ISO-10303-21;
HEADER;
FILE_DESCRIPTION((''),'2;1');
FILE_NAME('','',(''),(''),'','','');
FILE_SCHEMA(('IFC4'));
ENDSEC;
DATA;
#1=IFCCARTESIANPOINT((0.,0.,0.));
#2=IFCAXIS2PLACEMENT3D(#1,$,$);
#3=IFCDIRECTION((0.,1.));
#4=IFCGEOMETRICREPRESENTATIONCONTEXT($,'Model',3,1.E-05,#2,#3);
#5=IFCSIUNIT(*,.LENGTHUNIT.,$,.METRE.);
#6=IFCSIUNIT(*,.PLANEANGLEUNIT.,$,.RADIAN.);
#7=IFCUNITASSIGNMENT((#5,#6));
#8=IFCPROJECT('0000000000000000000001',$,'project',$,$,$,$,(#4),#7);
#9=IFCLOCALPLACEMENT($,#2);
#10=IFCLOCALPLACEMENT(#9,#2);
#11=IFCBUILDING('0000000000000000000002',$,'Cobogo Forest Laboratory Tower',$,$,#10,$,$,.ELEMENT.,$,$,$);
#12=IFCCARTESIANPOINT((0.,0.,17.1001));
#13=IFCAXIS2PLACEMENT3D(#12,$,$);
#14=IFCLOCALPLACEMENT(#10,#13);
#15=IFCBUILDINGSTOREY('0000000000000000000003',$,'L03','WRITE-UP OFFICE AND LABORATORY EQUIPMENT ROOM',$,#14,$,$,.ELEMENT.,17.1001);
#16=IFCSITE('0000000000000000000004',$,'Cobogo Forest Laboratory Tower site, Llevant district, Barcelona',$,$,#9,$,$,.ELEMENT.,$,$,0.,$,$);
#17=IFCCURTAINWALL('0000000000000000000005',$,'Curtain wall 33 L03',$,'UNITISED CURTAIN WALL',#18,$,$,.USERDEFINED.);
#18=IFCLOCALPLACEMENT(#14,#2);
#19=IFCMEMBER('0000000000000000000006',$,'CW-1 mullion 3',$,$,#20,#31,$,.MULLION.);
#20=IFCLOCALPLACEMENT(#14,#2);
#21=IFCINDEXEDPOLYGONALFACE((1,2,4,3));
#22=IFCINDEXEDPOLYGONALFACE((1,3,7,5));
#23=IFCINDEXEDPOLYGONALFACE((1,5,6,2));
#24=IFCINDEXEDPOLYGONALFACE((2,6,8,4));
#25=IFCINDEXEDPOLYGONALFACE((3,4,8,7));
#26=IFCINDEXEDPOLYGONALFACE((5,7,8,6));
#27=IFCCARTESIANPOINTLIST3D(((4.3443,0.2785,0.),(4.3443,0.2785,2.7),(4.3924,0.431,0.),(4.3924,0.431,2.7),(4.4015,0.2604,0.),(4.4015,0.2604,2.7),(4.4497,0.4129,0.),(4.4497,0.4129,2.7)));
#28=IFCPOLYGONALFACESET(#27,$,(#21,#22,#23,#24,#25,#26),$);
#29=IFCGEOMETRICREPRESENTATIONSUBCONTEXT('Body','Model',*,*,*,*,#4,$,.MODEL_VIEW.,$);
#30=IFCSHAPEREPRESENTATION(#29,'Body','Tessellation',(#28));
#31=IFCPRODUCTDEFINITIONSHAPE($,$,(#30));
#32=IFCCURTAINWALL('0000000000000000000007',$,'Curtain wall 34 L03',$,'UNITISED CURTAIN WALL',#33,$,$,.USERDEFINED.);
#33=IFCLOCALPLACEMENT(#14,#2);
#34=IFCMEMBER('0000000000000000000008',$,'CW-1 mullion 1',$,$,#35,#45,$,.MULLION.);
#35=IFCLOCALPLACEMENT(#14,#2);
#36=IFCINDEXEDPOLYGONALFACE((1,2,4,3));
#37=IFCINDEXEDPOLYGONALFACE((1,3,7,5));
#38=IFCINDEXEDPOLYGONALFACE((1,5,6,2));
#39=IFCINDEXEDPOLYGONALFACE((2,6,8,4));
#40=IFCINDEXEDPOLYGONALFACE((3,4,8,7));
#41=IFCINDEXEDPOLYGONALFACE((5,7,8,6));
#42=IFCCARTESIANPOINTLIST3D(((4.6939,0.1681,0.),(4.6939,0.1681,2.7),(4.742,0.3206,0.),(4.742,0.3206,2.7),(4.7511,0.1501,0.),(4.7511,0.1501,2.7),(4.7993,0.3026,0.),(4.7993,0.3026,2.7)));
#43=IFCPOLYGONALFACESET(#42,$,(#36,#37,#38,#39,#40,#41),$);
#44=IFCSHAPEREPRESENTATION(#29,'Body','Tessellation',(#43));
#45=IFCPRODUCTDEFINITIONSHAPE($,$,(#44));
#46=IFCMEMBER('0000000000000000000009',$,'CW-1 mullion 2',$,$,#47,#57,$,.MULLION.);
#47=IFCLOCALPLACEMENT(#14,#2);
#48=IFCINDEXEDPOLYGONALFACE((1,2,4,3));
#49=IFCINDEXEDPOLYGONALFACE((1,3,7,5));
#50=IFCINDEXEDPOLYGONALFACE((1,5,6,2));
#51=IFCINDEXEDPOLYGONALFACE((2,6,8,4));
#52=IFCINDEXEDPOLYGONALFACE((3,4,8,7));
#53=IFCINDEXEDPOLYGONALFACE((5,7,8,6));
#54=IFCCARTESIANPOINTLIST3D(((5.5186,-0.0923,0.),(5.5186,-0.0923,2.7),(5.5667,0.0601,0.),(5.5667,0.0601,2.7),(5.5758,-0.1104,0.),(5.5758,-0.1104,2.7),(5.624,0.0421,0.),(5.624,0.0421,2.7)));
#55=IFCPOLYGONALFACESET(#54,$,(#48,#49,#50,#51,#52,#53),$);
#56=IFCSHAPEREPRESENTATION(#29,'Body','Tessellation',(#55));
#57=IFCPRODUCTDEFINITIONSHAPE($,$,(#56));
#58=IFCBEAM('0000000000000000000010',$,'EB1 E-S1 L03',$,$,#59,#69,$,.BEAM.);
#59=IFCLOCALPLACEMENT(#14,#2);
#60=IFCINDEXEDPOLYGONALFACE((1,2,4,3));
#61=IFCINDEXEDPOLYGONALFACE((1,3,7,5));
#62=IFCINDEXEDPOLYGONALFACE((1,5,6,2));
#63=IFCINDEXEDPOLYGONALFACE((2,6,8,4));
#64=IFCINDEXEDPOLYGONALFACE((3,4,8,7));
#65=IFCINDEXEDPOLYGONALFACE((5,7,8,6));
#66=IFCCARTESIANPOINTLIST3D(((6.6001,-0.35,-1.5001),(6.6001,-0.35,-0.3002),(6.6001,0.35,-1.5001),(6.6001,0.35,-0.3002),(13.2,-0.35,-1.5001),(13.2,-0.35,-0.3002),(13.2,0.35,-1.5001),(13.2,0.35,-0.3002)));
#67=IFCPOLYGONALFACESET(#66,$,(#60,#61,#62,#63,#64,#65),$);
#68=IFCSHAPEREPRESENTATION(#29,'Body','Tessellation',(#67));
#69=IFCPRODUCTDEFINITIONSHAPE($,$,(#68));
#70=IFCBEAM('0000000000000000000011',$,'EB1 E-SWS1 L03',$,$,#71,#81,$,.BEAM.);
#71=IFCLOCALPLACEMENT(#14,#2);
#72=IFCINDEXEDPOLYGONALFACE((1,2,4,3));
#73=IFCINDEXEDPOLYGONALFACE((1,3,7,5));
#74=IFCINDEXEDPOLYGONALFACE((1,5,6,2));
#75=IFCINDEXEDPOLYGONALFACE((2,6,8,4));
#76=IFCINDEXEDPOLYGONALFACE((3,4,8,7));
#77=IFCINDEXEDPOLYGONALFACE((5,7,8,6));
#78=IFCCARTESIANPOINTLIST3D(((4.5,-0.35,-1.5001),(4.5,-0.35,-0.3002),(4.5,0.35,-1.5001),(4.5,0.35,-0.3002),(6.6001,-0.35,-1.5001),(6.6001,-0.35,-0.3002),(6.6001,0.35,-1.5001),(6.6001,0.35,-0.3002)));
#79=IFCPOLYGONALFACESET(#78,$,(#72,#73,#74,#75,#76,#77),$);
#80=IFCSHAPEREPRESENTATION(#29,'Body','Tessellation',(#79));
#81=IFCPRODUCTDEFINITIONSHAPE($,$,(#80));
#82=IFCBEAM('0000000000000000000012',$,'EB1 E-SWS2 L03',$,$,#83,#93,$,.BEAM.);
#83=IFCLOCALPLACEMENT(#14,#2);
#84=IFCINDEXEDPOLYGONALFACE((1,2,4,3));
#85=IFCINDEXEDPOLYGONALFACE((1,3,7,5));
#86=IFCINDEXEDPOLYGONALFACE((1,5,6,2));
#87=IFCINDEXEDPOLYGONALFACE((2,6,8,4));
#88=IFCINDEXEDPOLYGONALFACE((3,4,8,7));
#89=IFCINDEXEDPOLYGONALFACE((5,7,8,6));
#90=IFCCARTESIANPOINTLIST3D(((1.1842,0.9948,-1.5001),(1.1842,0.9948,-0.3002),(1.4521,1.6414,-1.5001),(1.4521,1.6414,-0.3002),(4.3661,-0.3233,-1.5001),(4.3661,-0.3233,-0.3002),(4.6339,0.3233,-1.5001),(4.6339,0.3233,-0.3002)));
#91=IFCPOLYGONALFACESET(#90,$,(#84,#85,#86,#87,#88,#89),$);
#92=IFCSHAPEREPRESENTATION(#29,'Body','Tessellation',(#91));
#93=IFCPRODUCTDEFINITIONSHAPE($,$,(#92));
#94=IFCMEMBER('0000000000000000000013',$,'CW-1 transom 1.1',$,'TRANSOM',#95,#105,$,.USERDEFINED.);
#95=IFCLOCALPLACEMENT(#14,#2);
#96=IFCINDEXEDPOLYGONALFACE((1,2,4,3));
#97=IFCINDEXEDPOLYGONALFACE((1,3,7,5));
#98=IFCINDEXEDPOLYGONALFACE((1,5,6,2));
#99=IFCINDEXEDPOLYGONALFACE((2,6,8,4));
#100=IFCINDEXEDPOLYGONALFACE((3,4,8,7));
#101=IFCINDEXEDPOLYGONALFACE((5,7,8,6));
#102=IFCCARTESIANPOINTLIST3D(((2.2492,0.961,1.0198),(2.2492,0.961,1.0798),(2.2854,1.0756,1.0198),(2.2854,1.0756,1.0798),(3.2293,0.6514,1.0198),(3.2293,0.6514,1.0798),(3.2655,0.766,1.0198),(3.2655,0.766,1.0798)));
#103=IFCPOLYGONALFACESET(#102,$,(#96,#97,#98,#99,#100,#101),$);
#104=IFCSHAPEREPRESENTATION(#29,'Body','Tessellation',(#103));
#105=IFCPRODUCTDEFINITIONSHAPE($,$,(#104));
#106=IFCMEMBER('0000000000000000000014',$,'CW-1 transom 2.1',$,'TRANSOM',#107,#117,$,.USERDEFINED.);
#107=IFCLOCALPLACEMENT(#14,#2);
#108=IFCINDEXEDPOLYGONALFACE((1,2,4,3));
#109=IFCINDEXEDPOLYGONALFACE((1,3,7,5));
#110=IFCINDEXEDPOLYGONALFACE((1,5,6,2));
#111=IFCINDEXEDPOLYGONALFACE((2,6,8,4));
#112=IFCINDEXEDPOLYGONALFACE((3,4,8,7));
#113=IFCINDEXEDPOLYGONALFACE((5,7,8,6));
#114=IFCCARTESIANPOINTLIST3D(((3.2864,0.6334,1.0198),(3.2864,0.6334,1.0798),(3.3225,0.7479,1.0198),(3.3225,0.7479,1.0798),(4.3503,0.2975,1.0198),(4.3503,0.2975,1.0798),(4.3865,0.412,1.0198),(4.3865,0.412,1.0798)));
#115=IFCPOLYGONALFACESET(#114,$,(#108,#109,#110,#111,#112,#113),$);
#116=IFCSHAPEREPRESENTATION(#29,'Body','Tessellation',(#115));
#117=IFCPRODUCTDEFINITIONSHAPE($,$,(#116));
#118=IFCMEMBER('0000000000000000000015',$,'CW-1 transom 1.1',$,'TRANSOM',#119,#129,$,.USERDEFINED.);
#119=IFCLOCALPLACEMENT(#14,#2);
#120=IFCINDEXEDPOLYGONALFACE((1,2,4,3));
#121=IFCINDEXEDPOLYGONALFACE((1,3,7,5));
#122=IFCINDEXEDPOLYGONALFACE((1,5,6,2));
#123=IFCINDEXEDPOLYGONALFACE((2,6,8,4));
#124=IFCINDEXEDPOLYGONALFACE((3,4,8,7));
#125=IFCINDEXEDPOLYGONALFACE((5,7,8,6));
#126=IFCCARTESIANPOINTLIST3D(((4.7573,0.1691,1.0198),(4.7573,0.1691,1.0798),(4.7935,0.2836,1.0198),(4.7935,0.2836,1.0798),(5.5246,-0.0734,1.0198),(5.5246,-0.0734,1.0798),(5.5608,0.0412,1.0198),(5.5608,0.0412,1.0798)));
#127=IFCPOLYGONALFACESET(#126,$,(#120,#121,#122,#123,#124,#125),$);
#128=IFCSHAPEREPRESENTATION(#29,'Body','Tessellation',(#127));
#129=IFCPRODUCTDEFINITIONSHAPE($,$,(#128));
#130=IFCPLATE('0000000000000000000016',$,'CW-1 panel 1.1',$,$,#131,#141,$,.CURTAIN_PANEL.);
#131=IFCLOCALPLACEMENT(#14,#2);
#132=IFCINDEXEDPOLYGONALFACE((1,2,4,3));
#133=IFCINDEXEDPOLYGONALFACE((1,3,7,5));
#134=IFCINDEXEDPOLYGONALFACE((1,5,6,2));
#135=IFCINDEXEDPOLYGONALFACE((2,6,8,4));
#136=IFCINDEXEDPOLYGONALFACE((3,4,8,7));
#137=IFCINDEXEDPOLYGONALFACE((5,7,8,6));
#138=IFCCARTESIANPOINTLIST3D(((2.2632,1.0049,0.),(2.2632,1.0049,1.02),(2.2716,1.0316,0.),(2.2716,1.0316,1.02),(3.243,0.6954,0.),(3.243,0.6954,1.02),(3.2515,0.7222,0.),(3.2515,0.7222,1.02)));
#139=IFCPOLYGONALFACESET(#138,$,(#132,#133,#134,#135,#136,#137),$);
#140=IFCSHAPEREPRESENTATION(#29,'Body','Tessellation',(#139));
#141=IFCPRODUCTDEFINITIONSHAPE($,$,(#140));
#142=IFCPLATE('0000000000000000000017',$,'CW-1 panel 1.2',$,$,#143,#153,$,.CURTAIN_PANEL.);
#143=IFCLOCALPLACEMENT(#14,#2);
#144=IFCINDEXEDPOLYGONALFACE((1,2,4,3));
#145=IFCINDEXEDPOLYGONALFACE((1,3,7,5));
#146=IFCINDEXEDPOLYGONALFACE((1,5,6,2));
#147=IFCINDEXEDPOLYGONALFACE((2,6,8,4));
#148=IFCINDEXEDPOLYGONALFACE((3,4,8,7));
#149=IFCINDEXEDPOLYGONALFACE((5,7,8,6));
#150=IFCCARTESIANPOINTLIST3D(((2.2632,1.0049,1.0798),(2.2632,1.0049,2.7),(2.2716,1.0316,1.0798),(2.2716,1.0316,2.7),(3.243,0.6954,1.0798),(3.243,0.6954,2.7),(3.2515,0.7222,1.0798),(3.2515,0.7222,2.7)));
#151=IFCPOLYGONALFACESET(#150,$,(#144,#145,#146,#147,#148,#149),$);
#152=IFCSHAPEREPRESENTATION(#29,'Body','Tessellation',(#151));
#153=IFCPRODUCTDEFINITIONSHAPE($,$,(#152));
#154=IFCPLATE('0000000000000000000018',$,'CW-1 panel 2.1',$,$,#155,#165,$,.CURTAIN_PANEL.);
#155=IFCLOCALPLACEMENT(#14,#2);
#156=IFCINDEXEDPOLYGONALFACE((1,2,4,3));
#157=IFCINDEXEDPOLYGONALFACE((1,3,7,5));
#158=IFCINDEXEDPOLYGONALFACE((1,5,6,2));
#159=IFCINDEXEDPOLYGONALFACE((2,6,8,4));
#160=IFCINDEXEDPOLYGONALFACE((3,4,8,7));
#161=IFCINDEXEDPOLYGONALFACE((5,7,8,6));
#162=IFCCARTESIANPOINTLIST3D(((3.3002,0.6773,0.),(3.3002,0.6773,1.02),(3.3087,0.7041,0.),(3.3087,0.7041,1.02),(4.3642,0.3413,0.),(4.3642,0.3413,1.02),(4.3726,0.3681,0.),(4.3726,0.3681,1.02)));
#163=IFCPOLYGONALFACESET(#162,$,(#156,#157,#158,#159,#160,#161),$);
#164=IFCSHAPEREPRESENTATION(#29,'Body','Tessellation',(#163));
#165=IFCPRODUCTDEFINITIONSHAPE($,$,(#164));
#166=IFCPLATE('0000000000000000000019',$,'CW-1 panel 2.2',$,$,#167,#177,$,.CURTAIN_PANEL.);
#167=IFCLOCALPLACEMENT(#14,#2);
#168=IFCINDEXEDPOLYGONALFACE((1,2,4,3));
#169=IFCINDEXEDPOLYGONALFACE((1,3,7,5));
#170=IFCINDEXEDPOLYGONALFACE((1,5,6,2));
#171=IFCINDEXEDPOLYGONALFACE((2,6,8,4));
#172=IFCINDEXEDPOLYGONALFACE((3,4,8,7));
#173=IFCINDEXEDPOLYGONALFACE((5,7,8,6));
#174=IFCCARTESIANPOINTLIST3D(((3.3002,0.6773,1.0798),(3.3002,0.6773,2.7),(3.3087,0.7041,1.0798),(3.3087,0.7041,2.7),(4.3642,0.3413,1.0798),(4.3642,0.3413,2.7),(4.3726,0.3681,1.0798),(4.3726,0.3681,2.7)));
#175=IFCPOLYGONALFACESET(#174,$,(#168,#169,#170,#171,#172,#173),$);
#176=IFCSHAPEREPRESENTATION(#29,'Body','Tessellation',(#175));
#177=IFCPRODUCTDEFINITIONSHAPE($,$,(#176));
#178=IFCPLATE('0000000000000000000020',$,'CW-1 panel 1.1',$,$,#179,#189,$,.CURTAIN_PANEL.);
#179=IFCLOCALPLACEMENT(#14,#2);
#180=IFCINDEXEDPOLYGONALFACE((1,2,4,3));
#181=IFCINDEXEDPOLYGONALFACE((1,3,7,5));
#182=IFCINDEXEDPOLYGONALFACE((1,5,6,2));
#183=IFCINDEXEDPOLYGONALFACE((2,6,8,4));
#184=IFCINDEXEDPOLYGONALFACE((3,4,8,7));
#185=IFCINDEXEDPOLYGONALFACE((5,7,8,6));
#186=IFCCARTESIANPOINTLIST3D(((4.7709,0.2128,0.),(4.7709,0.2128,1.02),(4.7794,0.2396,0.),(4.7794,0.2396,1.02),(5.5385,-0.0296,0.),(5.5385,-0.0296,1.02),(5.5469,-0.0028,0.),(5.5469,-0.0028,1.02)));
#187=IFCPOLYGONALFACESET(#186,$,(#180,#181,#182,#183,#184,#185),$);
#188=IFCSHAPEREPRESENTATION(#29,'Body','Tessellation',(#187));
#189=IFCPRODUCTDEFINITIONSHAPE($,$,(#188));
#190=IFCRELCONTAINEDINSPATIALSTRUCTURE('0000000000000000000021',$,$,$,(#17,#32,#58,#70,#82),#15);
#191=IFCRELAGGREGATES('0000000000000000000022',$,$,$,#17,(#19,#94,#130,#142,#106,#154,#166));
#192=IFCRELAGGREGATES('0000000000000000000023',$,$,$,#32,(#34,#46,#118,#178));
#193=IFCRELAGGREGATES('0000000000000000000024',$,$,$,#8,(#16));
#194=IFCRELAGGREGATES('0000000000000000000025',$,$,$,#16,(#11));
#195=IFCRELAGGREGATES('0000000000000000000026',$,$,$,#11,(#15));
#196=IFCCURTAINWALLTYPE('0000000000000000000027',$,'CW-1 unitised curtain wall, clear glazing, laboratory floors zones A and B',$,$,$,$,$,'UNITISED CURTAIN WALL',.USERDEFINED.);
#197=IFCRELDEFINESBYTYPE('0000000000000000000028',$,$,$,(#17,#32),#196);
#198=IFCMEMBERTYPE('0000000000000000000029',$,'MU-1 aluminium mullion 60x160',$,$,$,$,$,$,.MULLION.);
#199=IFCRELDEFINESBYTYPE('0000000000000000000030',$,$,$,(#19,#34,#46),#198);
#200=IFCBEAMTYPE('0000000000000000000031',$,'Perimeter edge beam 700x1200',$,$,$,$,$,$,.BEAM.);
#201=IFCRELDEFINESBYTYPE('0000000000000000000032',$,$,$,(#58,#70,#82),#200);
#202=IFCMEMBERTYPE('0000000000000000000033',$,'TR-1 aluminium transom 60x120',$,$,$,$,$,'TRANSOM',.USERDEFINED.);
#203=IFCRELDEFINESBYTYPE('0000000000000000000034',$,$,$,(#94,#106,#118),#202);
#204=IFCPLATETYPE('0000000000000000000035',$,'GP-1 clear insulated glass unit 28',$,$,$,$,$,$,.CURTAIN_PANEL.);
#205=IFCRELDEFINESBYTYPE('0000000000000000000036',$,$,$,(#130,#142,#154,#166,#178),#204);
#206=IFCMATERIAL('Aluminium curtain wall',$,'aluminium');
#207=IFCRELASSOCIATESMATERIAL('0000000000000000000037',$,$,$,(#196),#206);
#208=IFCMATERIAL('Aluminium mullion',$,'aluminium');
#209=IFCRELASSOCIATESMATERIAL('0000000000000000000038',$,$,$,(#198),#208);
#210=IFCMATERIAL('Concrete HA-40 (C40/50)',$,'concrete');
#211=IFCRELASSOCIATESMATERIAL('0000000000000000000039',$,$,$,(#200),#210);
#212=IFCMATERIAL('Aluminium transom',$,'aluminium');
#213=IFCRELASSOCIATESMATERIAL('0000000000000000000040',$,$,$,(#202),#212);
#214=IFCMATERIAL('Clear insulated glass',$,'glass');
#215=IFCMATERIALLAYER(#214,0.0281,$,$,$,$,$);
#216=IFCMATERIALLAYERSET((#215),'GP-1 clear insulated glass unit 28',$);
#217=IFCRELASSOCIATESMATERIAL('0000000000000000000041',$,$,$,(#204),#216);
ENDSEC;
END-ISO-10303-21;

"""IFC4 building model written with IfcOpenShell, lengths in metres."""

from ifc_helpers import new_model, si_unit, direction, frame, origin, origin_2d, place, context, subcontext, project, spatial, rectangle, extrude, material, layer, layer_set, material_profile, profile_set, type_object, element, aggregate, save


model = new_model("IFC4")

# Units and contexts
model_context = context("Model", 3, precision=1e-05, world=origin(), true_north=direction((0.0, 1.0)))
body_context = subcontext(model_context, "Body", "Model", "MODEL_VIEW")
ifc_project = project(units=[si_unit("LENGTHUNIT", "METRE"), si_unit("PLANEANGLEUNIT", "RADIAN")], contexts=[model_context])

# Site, building, storey
site_placement = place(None, origin())
site = spatial("IfcSite", under=ifc_project, at=site_placement, Name="Cobogo Forest Laboratory Tower site, Llevant district, Barcelona", CompositionType="ELEMENT", RefElevation=0.0)
building_placement = place(site_placement, origin())
building = spatial("IfcBuilding", under=site, at=building_placement, Name="Cobogo Forest Laboratory Tower", CompositionType="ELEMENT")
storey_placement = place(building_placement, frame((0.0, 0.0, 17.1001)))
storey = spatial("IfcBuildingStorey", under=building, at=storey_placement, Name="L03", Description="WRITE-UP OFFICE AND LABORATORY EQUIPMENT ROOM", CompositionType="ELEMENT", Elevation=17.1001)

# Shared definitions
ifc_material_1 = material(Name="Concrete HA-40 (C40/50)", Category="concrete")

# Shared definitions
ifc_material_2 = material(Name="Aluminium curtain wall", Category="aluminium")
curtain_wall_type = type_object("IfcCurtainWallType", Name="CW-1 unitised curtain wall, clear glazing, laboratory floors zones A and B", ElementType="UNITISED CURTAIN WALL", PredefinedType="USERDEFINED", material=ifc_material_2)
ifc_material_3 = material(Name="Aluminium mullion", Category="aluminium")
ifc_material_profile_1 = material_profile(ifc_material_3, rectangle(XDim=0.0601, YDim=0.1599, at=origin_2d()), Name="AL 60x160")
ifc_profile_set_1 = profile_set([ifc_material_profile_1], Name="Aluminium mullion")
member_type_1 = type_object("IfcMemberType", Name="MU-1 aluminium mullion 60x160", PredefinedType="MULLION", material=ifc_profile_set_1)

# Curtain walls, members
curtain_wall_1_placement = place(storey_placement, origin())
curtain_wall_1 = element("IfcCurtainWall", 1, at=curtain_wall_1_placement, inside=storey, type_object=curtain_wall_type, Name="Curtain wall 33 L03", ObjectType="UNITISED CURTAIN WALL", PredefinedType="USERDEFINED")
member_1_placement = place(storey_placement, frame((4.397, 0.3457, 0.0), z_axis=(0.0, 0.0, 1.0), x_axis=(0.953581, -0.301135, 0.0)))
member_1 = element("IfcMember", 2, at=member_1_placement, type_object=member_type_1, Name="CW-1 mullion 3", PredefinedType="MULLION", context=body_context, shape_type="SweptSolid", body=[
    extrude(rectangle(XDim=0.0601, YDim=0.1599, at=origin_2d()), origin(), (0.0, 0.0, 1.0), 2.7),
])
curtain_wall_2_placement = place(storey_placement, origin())
curtain_wall_2 = element("IfcCurtainWall", 3, at=curtain_wall_2_placement, inside=storey, type_object=curtain_wall_type, Name="Curtain wall 34 L03", ObjectType="UNITISED CURTAIN WALL", PredefinedType="USERDEFINED")
member_2_placement = place(storey_placement, frame((4.7466, 0.2354, 0.0), z_axis=(0.0, 0.0, 1.0), x_axis=(0.953581, -0.301135, 0.0)))
member_2 = element("IfcMember", 4, at=member_2_placement, type_object=member_type_1, Name="CW-1 mullion 1", PredefinedType="MULLION", context=body_context, shape_type="SweptSolid", body=[
    extrude(rectangle(XDim=0.0601, YDim=0.1599, at=origin_2d()), origin(), (0.0, 0.0, 1.0), 2.7),
])
member_3_placement = place(storey_placement, frame((5.5713, -0.0251, 0.0), z_axis=(0.0, 0.0, 1.0), x_axis=(0.953581, -0.301135, 0.0)))
member_3 = element("IfcMember", 5, at=member_3_placement, type_object=member_type_1, Name="CW-1 mullion 2", PredefinedType="MULLION", context=body_context, shape_type="SweptSolid", body=[
    extrude(rectangle(XDim=0.0601, YDim=0.1599, at=origin_2d()), origin(), (0.0, 0.0, 1.0), 2.7),
])

# Beams
ifc_material_profile_2 = material_profile(ifc_material_1, rectangle(XDim=0.7, YDim=1.2, at=origin_2d()), Name="RC 700x1200")
ifc_profile_set_2 = profile_set([ifc_material_profile_2], Name="Concrete HA-40 (C40/50)")
beam_type_1 = type_object("IfcBeamType", Name="Perimeter edge beam 700x1200", PredefinedType="BEAM", material=ifc_profile_set_2)
beam_1_placement = place(storey_placement, frame((6.6001, 0.0, -0.9001), z_axis=(1.0, 0.0, 0.0), x_axis=(0.0, 1.0, 0.0)))
element("IfcBeam", 6, at=beam_1_placement, inside=storey, type_object=beam_type_1, Name="EB1 E-S1 L03", PredefinedType="BEAM", context=body_context, shape_type="SweptSolid", body=[
    extrude(rectangle(XDim=0.7, YDim=1.2, at=origin_2d()), origin(), (0.0, 0.0, 1.0), 6.5999),
])
beam_2_placement = place(storey_placement, frame((6.6001, 0.0, -0.9001), z_axis=(-1.0, 0.0, 0.0), x_axis=(0.0, -1.0, 0.0)))
element("IfcBeam", 7, at=beam_2_placement, inside=storey, type_object=beam_type_1, Name="EB1 E-SWS1 L03", PredefinedType="BEAM", context=body_context, shape_type="SweptSolid", body=[
    extrude(rectangle(XDim=0.7, YDim=1.2, at=origin_2d()), origin(), (0.0, 0.0, 1.0), 2.1001),
])
beam_3_placement = place(storey_placement, frame((4.5, 0.0, -0.9001), z_axis=(-0.923866, 0.382717, 0.0), x_axis=(-0.382717, -0.923866, 0.0)))
element("IfcBeam", 8, at=beam_3_placement, inside=storey, type_object=beam_type_1, Name="EB1 E-SWS2 L03", PredefinedType="BEAM", context=body_context, shape_type="SweptSolid", body=[
    extrude(rectangle(XDim=0.7, YDim=1.2, at=origin_2d()), origin(), (0.0, 0.0, 1.0), 3.4441),
])

# Members
ifc_material_4 = material(Name="Aluminium transom", Category="aluminium")
ifc_material_profile_3 = material_profile(ifc_material_4, rectangle(XDim=0.1201, YDim=0.0601, at=origin_2d()), Name="AL 60x120")
ifc_profile_set_3 = profile_set([ifc_material_profile_3], Name="Aluminium transom")
member_type_2 = type_object("IfcMemberType", Name="TR-1 aluminium transom 60x120", ElementType="TRANSOM", PredefinedType="USERDEFINED", material=ifc_profile_set_3)
member_4_placement = place(storey_placement, frame((2.2673, 1.0183, 1.0498), z_axis=(0.953554, -0.301222, 0.0), x_axis=(0.301222, 0.953554, 0.0)))
member_4 = element("IfcMember", 9, at=member_4_placement, type_object=member_type_2, Name="CW-1 transom 1.1", ObjectType="TRANSOM", PredefinedType="USERDEFINED", context=body_context, shape_type="SweptSolid", body=[
    extrude(rectangle(XDim=0.1201, YDim=0.0601, at=origin_2d()), origin(), (0.0, 0.0, 1.0), 1.0278),
])
member_5_placement = place(storey_placement, frame((3.3044, 0.6907, 1.0498), z_axis=(0.953596, -0.301089, 0.0), x_axis=(0.301089, 0.953596, 0.0)))
member_5 = element("IfcMember", 10, at=member_5_placement, type_object=member_type_2, Name="CW-1 transom 2.1", ObjectType="TRANSOM", PredefinedType="USERDEFINED", context=body_context, shape_type="SweptSolid", body=[
    extrude(rectangle(XDim=0.1201, YDim=0.0601, at=origin_2d()), origin(), (0.0, 0.0, 1.0), 1.1157),
])
member_6_placement = place(storey_placement, frame((4.7754, 0.2263, 1.0498), z_axis=(0.953541, -0.301262, 0.0), x_axis=(0.301262, 0.953541, 0.0)))
member_6 = element("IfcMember", 11, at=member_6_placement, type_object=member_type_2, Name="CW-1 transom 1.1", ObjectType="TRANSOM", PredefinedType="USERDEFINED", context=body_context, shape_type="SweptSolid", body=[
    extrude(rectangle(XDim=0.1201, YDim=0.0601, at=origin_2d()), origin(), (0.0, 0.0, 1.0), 0.8047),
])

# Plates
ifc_material_5 = material(Name="Clear insulated glass", Category="glass")
ifc_layer_1 = layer(ifc_material_5, 0.0281)
ifc_layer_set_1 = layer_set([ifc_layer_1], Name="GP-1 clear insulated glass unit 28")
plate_type = type_object("IfcPlateType", Name="GP-1 clear insulated glass unit 28", PredefinedType="CURTAIN_PANEL", material=ifc_layer_set_1)
plate_1_placement = place(storey_placement, frame((2.7573, 0.8635, 0.0), z_axis=(0.0, 0.0, 1.0), x_axis=(0.953581, -0.301135, 0.0)))
plate_1 = element("IfcPlate", 12, at=plate_1_placement, type_object=plate_type, Name="CW-1 panel 1.1", PredefinedType="CURTAIN_PANEL", context=body_context, shape_type="SweptSolid", body=[
    extrude(rectangle(XDim=1.0276, YDim=0.0281, at=origin_2d()), origin(), (0.0, 0.0, 1.0), 1.02),
])
plate_2_placement = place(storey_placement, frame((2.7573, 0.8635, 1.0798), z_axis=(0.0, 0.0, 1.0), x_axis=(0.953581, -0.301135, 0.0)))
plate_2 = element("IfcPlate", 13, at=plate_2_placement, type_object=plate_type, Name="CW-1 panel 1.2", PredefinedType="CURTAIN_PANEL", context=body_context, shape_type="SweptSolid", body=[
    extrude(rectangle(XDim=1.0276, YDim=0.0281, at=origin_2d()), origin(), (0.0, 0.0, 1.0), 1.6201),
])
plate_3_placement = place(storey_placement, frame((3.8364, 0.5227, 0.0), z_axis=(0.0, 0.0, 1.0), x_axis=(0.953581, -0.301135, 0.0)))
plate_3 = element("IfcPlate", 14, at=plate_3_placement, type_object=plate_type, Name="CW-1 panel 2.1", PredefinedType="CURTAIN_PANEL", context=body_context, shape_type="SweptSolid", body=[
    extrude(rectangle(XDim=1.1157, YDim=0.0281, at=origin_2d()), origin(), (0.0, 0.0, 1.0), 1.02),
])
plate_4_placement = place(storey_placement, frame((3.8364, 0.5227, 1.0798), z_axis=(0.0, 0.0, 1.0), x_axis=(0.953581, -0.301135, 0.0)))
plate_4 = element("IfcPlate", 15, at=plate_4_placement, type_object=plate_type, Name="CW-1 panel 2.2", PredefinedType="CURTAIN_PANEL", context=body_context, shape_type="SweptSolid", body=[
    extrude(rectangle(XDim=1.1157, YDim=0.0281, at=origin_2d()), origin(), (0.0, 0.0, 1.0), 1.6201),
])
aggregate(curtain_wall_1, [member_1, member_4, plate_1, plate_2, member_5, plate_3, plate_4])
plate_5_placement = place(storey_placement, frame((5.1589, 0.105, 0.0), z_axis=(0.0, 0.0, 1.0), x_axis=(0.953581, -0.301135, 0.0)))
plate_5 = element("IfcPlate", 16, at=plate_5_placement, type_object=plate_type, Name="CW-1 panel 1.1", PredefinedType="CURTAIN_PANEL", context=body_context, shape_type="SweptSolid", body=[
    extrude(rectangle(XDim=0.8049, YDim=0.0281, at=origin_2d()), origin(), (0.0, 0.0, 1.0), 1.02),
])
aggregate(curtain_wall_2, [member_2, member_3, member_6, plate_5])

save(model, "model.ifc")
